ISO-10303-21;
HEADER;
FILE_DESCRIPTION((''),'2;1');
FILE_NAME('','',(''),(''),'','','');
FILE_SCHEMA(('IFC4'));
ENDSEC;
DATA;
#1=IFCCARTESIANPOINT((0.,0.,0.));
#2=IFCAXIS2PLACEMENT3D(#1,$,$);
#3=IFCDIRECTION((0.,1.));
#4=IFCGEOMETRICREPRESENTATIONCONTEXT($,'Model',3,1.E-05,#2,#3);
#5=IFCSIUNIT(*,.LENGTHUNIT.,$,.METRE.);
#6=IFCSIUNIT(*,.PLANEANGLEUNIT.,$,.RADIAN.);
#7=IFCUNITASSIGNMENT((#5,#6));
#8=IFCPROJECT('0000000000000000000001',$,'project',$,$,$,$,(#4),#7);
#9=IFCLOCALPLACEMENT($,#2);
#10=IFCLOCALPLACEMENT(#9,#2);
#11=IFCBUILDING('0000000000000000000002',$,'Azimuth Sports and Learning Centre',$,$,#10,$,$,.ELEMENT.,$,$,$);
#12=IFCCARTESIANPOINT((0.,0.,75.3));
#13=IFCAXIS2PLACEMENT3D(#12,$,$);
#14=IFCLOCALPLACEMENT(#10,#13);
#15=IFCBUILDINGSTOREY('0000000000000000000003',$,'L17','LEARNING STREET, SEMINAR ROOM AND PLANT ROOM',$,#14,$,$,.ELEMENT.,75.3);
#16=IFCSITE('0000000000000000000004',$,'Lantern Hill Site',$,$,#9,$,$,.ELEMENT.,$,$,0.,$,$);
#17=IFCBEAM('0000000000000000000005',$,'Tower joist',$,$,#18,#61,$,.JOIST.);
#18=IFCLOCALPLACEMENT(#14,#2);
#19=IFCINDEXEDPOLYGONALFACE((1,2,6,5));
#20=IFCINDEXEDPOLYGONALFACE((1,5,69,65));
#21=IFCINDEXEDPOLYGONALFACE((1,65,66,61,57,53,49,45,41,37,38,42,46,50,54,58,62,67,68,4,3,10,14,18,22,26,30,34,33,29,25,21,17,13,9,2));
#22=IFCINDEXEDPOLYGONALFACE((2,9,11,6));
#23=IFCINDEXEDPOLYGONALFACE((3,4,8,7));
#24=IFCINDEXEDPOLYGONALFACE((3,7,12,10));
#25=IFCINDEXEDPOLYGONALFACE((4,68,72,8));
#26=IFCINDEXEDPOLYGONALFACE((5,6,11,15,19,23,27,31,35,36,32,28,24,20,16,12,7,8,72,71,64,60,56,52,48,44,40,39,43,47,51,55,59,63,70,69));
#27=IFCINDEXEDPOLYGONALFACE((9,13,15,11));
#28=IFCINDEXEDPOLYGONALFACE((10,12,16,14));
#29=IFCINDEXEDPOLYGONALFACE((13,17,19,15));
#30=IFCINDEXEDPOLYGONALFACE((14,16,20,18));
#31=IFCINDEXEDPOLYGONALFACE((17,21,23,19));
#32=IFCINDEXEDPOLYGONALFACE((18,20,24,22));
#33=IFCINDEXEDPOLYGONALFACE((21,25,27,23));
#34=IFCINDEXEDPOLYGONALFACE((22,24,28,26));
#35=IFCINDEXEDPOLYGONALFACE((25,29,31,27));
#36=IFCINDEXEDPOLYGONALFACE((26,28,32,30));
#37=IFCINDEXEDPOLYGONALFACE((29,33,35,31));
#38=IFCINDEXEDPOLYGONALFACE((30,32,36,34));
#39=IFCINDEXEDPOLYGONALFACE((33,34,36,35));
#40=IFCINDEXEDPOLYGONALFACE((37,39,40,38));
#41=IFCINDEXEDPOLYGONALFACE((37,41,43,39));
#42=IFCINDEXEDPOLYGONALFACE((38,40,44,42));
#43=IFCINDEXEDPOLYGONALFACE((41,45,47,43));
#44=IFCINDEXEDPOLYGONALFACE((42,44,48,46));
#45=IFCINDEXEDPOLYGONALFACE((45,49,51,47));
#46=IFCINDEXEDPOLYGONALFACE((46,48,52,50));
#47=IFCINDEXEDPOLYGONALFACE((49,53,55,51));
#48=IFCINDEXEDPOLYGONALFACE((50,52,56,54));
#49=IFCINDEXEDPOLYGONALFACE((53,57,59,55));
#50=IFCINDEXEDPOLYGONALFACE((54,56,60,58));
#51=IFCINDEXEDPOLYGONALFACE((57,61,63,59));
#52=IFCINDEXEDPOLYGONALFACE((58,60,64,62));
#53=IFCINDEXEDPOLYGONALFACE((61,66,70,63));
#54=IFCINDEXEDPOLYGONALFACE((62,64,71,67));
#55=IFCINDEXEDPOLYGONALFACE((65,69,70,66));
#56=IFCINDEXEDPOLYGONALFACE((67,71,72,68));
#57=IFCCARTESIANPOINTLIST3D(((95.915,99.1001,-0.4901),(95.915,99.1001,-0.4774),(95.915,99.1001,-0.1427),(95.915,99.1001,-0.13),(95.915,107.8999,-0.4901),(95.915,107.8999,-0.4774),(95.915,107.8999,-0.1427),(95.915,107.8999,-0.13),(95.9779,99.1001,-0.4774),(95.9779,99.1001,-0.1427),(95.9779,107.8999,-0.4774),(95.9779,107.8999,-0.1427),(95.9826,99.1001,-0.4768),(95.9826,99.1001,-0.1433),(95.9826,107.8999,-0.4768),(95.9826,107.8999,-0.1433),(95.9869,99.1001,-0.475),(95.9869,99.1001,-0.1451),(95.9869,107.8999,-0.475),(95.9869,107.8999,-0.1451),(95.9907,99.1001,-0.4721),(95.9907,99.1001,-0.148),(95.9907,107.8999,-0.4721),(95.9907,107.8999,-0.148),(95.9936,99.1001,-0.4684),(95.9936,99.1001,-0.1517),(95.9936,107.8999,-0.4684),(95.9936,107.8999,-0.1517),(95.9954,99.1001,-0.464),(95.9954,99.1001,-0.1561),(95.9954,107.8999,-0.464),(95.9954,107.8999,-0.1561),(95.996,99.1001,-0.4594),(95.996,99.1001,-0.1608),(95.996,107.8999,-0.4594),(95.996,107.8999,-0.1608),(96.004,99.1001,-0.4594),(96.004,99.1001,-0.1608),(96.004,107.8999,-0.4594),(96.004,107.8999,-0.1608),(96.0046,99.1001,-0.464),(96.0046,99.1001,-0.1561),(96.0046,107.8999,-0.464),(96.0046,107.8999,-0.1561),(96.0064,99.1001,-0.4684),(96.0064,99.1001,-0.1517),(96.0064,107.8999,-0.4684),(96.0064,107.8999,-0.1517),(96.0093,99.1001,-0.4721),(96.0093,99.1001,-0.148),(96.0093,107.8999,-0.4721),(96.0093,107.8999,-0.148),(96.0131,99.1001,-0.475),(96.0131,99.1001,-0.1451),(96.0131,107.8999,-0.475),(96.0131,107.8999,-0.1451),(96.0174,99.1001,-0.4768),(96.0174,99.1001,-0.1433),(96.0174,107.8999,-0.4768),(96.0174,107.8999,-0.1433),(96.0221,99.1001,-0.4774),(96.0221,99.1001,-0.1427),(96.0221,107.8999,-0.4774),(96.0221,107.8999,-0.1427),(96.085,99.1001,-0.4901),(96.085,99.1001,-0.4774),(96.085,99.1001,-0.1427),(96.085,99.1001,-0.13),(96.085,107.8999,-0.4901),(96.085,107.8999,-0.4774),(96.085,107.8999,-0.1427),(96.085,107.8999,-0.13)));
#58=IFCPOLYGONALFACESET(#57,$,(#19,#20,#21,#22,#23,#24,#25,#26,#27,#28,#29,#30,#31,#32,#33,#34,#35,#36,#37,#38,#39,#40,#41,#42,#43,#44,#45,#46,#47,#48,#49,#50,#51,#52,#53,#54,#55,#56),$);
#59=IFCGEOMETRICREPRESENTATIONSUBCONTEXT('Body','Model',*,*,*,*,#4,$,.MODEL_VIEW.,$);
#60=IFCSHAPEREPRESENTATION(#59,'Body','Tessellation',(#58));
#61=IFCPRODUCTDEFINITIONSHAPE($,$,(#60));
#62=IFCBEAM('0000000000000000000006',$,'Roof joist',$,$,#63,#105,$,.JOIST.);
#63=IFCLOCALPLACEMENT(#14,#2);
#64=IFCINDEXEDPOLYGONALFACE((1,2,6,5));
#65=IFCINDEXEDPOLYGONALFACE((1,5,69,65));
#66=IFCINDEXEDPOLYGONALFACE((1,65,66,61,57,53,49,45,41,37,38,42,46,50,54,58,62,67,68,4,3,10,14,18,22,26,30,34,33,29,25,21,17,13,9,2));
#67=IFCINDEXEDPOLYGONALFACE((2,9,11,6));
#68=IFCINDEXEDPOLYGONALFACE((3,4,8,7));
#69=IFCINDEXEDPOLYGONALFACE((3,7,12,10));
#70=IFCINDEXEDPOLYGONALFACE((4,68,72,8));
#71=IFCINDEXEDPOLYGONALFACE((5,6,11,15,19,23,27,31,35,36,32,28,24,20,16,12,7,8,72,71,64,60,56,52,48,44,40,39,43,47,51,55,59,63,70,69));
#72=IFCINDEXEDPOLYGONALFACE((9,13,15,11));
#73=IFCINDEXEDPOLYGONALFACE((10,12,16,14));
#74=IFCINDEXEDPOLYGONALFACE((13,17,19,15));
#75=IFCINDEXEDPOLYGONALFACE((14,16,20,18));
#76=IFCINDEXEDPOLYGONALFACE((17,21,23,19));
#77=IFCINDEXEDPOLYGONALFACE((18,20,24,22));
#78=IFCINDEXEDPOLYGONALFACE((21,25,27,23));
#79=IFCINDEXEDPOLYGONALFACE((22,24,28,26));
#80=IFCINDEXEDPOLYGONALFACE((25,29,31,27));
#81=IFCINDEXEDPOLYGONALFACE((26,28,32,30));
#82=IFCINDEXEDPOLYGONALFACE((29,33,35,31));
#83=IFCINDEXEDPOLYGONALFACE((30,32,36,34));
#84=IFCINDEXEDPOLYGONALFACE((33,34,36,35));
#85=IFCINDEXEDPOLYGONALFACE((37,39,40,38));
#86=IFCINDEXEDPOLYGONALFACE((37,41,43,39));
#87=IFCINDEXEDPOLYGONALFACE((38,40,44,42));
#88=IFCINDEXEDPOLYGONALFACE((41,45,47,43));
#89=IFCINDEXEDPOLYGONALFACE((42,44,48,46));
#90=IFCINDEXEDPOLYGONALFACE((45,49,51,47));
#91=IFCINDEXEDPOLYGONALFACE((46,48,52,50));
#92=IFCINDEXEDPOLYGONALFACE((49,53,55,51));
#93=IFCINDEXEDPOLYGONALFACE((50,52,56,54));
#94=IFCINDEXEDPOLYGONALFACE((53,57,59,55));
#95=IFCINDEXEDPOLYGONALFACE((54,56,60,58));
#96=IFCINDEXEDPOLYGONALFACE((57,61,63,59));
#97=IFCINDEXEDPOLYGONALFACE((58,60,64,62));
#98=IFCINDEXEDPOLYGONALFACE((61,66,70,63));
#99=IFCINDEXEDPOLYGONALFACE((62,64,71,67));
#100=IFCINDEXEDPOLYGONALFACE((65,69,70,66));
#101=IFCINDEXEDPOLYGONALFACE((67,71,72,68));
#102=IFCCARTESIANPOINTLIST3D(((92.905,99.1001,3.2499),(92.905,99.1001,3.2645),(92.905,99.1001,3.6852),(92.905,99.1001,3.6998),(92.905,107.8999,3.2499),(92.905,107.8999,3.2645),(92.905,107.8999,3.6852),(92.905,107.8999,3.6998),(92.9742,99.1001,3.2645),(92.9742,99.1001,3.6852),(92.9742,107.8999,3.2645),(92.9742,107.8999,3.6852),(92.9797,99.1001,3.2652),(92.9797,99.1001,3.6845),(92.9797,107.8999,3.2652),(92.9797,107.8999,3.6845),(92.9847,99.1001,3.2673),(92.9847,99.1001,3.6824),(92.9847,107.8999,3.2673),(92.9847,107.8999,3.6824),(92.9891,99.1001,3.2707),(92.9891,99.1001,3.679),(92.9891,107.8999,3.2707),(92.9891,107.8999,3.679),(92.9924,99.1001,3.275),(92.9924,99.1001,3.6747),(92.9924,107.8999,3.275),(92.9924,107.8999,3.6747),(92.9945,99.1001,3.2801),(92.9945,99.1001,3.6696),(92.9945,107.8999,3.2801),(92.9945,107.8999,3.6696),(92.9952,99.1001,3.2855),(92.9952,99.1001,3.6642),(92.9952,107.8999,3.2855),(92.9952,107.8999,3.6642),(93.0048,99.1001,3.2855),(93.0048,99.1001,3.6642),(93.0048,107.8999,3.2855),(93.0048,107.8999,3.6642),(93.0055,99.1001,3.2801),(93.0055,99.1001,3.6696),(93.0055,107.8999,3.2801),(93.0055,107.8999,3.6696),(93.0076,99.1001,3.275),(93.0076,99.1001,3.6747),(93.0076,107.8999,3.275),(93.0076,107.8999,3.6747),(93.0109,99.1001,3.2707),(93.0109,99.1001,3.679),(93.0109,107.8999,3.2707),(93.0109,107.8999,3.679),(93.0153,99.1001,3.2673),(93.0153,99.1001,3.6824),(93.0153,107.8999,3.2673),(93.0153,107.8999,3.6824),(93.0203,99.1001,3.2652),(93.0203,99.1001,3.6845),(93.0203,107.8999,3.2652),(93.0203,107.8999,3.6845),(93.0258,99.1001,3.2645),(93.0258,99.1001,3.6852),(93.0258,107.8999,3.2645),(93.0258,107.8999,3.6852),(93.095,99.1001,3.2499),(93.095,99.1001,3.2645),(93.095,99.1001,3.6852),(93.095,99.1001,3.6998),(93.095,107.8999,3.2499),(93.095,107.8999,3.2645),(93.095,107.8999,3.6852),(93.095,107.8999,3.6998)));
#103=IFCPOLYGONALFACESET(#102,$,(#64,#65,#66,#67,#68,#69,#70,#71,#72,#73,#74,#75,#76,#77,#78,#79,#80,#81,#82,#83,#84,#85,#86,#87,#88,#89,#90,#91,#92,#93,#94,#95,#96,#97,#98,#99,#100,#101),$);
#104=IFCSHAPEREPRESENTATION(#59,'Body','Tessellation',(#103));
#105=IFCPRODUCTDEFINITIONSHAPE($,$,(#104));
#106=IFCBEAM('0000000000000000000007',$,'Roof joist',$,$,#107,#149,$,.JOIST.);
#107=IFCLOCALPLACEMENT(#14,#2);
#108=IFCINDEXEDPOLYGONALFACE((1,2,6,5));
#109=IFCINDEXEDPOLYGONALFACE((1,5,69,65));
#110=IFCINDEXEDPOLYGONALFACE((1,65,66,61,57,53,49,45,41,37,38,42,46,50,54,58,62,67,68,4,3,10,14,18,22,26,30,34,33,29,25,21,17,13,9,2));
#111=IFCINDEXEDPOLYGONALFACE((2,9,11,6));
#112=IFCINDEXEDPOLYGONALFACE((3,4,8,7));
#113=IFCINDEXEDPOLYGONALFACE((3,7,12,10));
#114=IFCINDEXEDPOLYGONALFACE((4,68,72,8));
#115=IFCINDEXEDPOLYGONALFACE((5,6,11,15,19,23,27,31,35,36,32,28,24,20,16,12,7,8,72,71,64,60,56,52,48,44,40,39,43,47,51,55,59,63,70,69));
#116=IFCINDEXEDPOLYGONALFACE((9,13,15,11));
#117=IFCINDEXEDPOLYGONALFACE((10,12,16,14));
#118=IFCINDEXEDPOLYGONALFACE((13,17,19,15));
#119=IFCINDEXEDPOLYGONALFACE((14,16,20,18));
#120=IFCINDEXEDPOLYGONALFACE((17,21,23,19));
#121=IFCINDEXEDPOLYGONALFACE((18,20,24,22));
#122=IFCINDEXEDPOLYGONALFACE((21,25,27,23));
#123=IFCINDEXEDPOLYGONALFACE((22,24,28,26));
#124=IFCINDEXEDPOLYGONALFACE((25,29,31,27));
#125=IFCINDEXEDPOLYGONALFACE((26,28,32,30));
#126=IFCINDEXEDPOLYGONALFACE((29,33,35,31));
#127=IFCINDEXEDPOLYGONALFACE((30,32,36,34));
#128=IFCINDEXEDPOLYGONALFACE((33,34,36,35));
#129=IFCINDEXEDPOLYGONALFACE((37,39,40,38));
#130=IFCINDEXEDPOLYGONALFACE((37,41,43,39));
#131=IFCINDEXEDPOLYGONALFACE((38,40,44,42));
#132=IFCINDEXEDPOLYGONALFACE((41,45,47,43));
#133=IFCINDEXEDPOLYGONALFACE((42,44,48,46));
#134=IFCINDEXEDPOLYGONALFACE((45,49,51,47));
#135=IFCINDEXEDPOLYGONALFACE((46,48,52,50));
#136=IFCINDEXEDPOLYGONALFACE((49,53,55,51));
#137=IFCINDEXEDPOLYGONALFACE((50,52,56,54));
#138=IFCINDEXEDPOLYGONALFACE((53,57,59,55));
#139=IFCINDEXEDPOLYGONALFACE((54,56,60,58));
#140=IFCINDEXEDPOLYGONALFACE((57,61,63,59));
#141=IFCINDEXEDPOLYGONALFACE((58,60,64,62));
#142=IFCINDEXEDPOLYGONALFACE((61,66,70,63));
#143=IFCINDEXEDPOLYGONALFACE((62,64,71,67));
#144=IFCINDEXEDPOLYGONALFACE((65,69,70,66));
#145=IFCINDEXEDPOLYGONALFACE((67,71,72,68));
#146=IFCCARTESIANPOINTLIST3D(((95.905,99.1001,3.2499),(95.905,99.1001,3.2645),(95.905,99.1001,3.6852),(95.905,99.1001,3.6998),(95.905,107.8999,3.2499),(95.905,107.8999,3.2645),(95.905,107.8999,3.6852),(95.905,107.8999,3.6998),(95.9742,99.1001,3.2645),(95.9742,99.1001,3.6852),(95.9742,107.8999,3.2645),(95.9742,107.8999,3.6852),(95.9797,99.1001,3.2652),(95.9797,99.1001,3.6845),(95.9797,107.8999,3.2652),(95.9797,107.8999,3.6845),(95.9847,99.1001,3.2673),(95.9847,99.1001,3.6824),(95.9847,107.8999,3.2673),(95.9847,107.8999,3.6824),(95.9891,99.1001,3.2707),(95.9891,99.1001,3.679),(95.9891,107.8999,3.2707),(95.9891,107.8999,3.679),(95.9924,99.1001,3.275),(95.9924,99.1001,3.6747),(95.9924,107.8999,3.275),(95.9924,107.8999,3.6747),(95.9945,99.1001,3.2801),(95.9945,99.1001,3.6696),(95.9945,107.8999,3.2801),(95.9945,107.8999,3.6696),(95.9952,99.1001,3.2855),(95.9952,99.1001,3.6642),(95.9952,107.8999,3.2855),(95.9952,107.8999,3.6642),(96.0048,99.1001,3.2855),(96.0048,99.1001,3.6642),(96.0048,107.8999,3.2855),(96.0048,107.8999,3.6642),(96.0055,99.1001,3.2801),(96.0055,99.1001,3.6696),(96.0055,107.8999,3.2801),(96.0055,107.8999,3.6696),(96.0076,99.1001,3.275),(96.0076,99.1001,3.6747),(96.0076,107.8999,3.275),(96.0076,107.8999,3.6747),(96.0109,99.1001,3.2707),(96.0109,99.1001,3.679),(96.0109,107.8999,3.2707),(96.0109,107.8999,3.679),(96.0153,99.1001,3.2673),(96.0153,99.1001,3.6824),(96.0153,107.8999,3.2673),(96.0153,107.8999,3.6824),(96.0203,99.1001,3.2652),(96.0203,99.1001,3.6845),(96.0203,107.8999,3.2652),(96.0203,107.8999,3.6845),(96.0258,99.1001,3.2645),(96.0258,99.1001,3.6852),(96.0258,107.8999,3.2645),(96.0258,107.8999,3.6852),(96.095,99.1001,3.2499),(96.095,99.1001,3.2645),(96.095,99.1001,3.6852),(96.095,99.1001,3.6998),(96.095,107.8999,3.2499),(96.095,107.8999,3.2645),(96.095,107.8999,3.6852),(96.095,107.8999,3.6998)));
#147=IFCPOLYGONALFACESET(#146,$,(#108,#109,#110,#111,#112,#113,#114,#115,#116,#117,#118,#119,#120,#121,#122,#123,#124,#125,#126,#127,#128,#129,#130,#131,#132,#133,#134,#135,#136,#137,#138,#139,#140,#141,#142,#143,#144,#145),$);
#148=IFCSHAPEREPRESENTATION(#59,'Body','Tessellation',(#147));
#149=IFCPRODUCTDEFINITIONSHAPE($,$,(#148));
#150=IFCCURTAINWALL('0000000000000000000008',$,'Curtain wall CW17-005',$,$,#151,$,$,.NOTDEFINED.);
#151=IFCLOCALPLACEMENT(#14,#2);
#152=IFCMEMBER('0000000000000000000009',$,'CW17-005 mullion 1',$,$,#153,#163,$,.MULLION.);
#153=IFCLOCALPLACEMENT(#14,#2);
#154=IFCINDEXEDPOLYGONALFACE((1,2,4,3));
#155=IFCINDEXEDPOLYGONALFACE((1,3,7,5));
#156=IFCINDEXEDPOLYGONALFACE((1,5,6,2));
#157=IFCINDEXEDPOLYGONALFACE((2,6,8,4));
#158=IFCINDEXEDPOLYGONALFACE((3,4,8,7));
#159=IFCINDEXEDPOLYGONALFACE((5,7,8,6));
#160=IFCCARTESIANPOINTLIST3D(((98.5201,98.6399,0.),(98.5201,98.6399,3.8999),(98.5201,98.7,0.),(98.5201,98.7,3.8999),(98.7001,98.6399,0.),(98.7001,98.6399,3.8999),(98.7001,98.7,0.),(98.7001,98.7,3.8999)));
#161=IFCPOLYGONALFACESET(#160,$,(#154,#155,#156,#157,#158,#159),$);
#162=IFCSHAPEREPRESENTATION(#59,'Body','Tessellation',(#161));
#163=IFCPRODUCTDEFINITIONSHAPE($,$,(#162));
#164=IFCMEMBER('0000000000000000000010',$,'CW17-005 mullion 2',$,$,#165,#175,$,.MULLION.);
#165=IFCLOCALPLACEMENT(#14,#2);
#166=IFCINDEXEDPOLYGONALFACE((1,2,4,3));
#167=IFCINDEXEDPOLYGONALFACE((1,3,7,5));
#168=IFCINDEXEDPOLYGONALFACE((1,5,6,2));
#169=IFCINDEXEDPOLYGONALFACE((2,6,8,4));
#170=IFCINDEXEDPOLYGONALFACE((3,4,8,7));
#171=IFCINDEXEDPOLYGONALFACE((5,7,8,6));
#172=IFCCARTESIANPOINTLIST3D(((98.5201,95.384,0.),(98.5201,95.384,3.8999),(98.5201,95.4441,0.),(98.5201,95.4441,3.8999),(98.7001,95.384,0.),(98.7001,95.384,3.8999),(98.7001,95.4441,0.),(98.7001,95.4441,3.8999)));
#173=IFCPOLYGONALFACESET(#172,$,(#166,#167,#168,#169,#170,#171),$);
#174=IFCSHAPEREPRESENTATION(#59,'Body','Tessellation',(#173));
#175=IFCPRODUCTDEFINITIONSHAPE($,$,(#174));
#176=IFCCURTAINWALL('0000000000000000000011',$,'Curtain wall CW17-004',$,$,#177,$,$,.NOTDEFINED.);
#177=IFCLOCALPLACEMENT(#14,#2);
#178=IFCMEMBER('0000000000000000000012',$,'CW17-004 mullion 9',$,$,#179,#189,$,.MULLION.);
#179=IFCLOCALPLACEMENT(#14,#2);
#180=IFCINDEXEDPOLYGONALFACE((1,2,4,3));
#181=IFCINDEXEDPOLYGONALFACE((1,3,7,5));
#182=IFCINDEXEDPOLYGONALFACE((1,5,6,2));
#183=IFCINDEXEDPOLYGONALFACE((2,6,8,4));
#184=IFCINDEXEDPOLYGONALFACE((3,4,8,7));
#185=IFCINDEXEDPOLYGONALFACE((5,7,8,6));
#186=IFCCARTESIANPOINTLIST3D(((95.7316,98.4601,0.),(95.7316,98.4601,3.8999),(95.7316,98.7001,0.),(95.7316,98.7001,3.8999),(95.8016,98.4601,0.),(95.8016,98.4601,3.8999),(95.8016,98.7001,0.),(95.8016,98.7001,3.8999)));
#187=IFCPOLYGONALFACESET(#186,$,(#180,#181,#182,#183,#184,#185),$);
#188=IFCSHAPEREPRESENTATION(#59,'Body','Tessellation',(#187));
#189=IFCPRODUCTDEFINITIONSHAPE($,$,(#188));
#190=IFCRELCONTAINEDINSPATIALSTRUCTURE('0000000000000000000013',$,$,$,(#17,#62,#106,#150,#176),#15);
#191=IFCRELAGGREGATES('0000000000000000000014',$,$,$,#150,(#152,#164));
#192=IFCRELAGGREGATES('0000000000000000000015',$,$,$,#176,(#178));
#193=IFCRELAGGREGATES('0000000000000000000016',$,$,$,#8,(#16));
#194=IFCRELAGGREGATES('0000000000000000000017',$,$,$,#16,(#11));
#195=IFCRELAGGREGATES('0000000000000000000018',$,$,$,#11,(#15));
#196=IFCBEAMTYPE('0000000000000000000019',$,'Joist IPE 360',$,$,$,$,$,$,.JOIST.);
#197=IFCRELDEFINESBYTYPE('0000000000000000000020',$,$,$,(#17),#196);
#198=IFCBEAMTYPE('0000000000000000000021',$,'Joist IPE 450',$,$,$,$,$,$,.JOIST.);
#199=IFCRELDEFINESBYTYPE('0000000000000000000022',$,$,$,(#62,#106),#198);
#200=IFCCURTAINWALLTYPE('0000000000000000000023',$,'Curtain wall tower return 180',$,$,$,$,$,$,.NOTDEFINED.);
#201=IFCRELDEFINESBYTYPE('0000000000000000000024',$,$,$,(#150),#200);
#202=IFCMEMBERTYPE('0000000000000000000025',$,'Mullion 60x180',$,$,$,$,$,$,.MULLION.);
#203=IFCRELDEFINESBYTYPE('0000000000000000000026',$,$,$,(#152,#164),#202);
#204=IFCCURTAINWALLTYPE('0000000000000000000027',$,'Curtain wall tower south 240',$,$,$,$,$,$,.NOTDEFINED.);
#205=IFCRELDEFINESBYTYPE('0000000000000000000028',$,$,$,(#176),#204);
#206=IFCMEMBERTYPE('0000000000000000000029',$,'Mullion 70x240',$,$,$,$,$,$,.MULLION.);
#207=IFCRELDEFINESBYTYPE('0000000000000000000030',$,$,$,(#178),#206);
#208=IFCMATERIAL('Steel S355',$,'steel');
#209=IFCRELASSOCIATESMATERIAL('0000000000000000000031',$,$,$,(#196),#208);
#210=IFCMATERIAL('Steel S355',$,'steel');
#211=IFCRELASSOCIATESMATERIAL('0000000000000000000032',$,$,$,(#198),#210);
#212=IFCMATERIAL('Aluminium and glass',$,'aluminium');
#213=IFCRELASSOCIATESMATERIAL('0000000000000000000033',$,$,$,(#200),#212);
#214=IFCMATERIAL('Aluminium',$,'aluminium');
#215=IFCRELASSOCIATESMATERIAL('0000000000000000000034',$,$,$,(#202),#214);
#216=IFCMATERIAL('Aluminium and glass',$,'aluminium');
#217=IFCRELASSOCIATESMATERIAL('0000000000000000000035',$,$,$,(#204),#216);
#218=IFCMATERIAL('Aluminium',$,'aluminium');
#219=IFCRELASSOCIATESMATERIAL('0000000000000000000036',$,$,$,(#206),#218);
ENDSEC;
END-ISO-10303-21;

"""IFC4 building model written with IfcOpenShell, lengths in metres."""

from ifc_helpers import new_model, si_unit, direction, frame, origin, origin_2d, place, context, subcontext, project, spatial, rectangle, i_section, extrude, material, material_profile, profile_set, type_object, element, aggregate, save


model = new_model("IFC4")

# Units and contexts
model_context = context("Model", 3, precision=1e-05, world=origin(), true_north=direction((0.0, 1.0)))
body_context = subcontext(model_context, "Body", "Model", "MODEL_VIEW")
ifc_project = project(units=[si_unit("LENGTHUNIT", "METRE"), si_unit("PLANEANGLEUNIT", "RADIAN")], contexts=[model_context])

# Site, building, storey
site_placement = place(None, origin())
site = spatial("IfcSite", under=ifc_project, at=site_placement, Name="Lantern Hill Site", CompositionType="ELEMENT", RefElevation=0.0)
building_placement = place(site_placement, origin())
building = spatial("IfcBuilding", under=site, at=building_placement, Name="Azimuth Sports and Learning Centre", CompositionType="ELEMENT")
storey_placement = place(building_placement, frame((0.0, 0.0, 75.3)))
storey = spatial("IfcBuildingStorey", under=building, at=storey_placement, Name="L17", Description="LEARNING STREET, SEMINAR ROOM AND PLANT ROOM", CompositionType="ELEMENT", Elevation=75.3)

# Beams
ifc_material_1 = material(Name="Steel S355", Category="steel")
ifc_material_profile_1 = material_profile(ifc_material_1, i_section(OverallWidth=0.1699, OverallDepth=0.3601, WebThickness=0.0081, FlangeThickness=0.0127, FilletRadius=0.0181, at=origin_2d()), Name="IPE 360")
ifc_profile_set_1 = profile_set([ifc_material_profile_1], Name="Steel S355")
beam_type_1 = type_object("IfcBeamType", Name="Joist IPE 360", PredefinedType="JOIST", material=ifc_profile_set_1)
beam_placement = place(storey_placement, frame((96.0, 99.1001, -0.3101), z_axis=(0.0, 1.0, 0.0), x_axis=(-1.0, 0.0, 0.0)))
element("IfcBeam", 1, at=beam_placement, inside=storey, type_object=beam_type_1, Name="Tower joist", PredefinedType="JOIST", context=body_context, shape_type="SweptSolid", body=[
    extrude(i_section(OverallWidth=0.1699, OverallDepth=0.3601, WebThickness=0.0081, FlangeThickness=0.0127, FilletRadius=0.0181, at=origin_2d()), origin(), (0.0, 0.0, 1.0), 8.7998),
])
ifc_material_2 = material(Name="Steel S355", Category="steel")
ifc_material_profile_2 = material_profile(ifc_material_2, i_section(OverallWidth=0.1899, OverallDepth=0.45, WebThickness=0.0095, FlangeThickness=0.0146, FilletRadius=0.021, at=origin_2d()), Name="IPE 450")
ifc_profile_set_2 = profile_set([ifc_material_profile_2], Name="Steel S355")
beam_type_2 = type_object("IfcBeamType", Name="Joist IPE 450", PredefinedType="JOIST", material=ifc_profile_set_2)
for number, where, z_axis, x_axis, name in (
    (2, (93.0, 99.1001, 3.4749), (0.0, 1.0, 0.0), (-1.0, 0.0, 0.0), "Roof joist"),
    (3, (96.0, 99.1001, 3.4749), (0.0, 1.0, 0.0), (-1.0, 0.0, 0.0), "Roof joist"),
):
    element("IfcBeam", number, at=place(storey_placement, frame(where, z_axis=z_axis, x_axis=x_axis)), inside=storey, type_object=beam_type_2, Name=name, PredefinedType="JOIST", context=body_context, shape_type="SweptSolid", body=[
        extrude(i_section(OverallWidth=0.1899, OverallDepth=0.45, WebThickness=0.0095, FlangeThickness=0.0146, FilletRadius=0.021, at=origin_2d()), origin(), (0.0, 0.0, 1.0), 8.7998),
    ])

# Curtain walls, members
ifc_material_3 = material(Name="Aluminium and glass", Category="aluminium")
curtain_wall_type_1 = type_object("IfcCurtainWallType", Name="Curtain wall tower return 180", PredefinedType="NOTDEFINED", material=ifc_material_3)
curtain_wall_1_placement = place(storey_placement, origin())
curtain_wall_1 = element("IfcCurtainWall", 4, at=curtain_wall_1_placement, inside=storey, type_object=curtain_wall_type_1, Name="Curtain wall CW17-005", PredefinedType="NOTDEFINED")
ifc_material_4 = material(Name="Aluminium", Category="aluminium")
ifc_material_profile_3 = material_profile(ifc_material_4, rectangle(XDim=0.1799, YDim=0.0601, at=origin_2d()), Name="Mullion 60x180")
ifc_profile_set_3 = profile_set([ifc_material_profile_3], Name="Aluminium")
member_type_1 = type_object("IfcMemberType", Name="Mullion 60x180", PredefinedType="MULLION", material=ifc_profile_set_3)
member_1_placement = place(storey_placement, frame((98.6101, 98.6699, 0.0), z_axis=(0.0, 0.0, 1.0), x_axis=(1.0, 0.0, 0.0)))
member_1 = element("IfcMember", 5, at=member_1_placement, type_object=member_type_1, Name="CW17-005 mullion 1", PredefinedType="MULLION", context=body_context, shape_type="SweptSolid", body=[
    extrude(rectangle(XDim=0.1799, YDim=0.0601, at=origin_2d()), origin(), (0.0, 0.0, 1.0), 3.8999),
])
member_2_placement = place(storey_placement, frame((98.6101, 95.4141, 0.0), z_axis=(0.0, 0.0, 1.0), x_axis=(1.0, 0.0, 0.0)))
member_2 = element("IfcMember", 6, at=member_2_placement, type_object=member_type_1, Name="CW17-005 mullion 2", PredefinedType="MULLION", context=body_context, shape_type="SweptSolid", body=[
    extrude(rectangle(XDim=0.1799, YDim=0.0601, at=origin_2d()), origin(), (0.0, 0.0, 1.0), 3.8999),
])
ifc_material_5 = material(Name="Aluminium and glass", Category="aluminium")
curtain_wall_type_2 = type_object("IfcCurtainWallType", Name="Curtain wall tower south 240", PredefinedType="NOTDEFINED", material=ifc_material_5)
curtain_wall_2_placement = place(storey_placement, origin())
curtain_wall_2 = element("IfcCurtainWall", 7, at=curtain_wall_2_placement, inside=storey, type_object=curtain_wall_type_2, Name="Curtain wall CW17-004", PredefinedType="NOTDEFINED")
ifc_material_6 = material(Name="Aluminium", Category="aluminium")
ifc_material_profile_4 = material_profile(ifc_material_6, rectangle(XDim=0.24, YDim=0.0701, at=origin_2d()), Name="Mullion 70x240")
ifc_profile_set_4 = profile_set([ifc_material_profile_4], Name="Aluminium")
member_type_2 = type_object("IfcMemberType", Name="Mullion 70x240", PredefinedType="MULLION", material=ifc_profile_set_4)
member_3_placement = place(storey_placement, frame((95.7666, 98.5801, 0.0), z_axis=(0.0, 0.0, 1.0), x_axis=(0.0, 1.0, 0.0)))
member_3 = element("IfcMember", 8, at=member_3_placement, type_object=member_type_2, Name="CW17-004 mullion 9", PredefinedType="MULLION", context=body_context, shape_type="SweptSolid", body=[
    extrude(rectangle(XDim=0.24, YDim=0.0701, at=origin_2d()), origin(), (0.0, 0.0, 1.0), 3.8999),
])

aggregate(curtain_wall_1, [member_1, member_2])
aggregate(curtain_wall_2, [member_3])

save(model, "model.ifc")
